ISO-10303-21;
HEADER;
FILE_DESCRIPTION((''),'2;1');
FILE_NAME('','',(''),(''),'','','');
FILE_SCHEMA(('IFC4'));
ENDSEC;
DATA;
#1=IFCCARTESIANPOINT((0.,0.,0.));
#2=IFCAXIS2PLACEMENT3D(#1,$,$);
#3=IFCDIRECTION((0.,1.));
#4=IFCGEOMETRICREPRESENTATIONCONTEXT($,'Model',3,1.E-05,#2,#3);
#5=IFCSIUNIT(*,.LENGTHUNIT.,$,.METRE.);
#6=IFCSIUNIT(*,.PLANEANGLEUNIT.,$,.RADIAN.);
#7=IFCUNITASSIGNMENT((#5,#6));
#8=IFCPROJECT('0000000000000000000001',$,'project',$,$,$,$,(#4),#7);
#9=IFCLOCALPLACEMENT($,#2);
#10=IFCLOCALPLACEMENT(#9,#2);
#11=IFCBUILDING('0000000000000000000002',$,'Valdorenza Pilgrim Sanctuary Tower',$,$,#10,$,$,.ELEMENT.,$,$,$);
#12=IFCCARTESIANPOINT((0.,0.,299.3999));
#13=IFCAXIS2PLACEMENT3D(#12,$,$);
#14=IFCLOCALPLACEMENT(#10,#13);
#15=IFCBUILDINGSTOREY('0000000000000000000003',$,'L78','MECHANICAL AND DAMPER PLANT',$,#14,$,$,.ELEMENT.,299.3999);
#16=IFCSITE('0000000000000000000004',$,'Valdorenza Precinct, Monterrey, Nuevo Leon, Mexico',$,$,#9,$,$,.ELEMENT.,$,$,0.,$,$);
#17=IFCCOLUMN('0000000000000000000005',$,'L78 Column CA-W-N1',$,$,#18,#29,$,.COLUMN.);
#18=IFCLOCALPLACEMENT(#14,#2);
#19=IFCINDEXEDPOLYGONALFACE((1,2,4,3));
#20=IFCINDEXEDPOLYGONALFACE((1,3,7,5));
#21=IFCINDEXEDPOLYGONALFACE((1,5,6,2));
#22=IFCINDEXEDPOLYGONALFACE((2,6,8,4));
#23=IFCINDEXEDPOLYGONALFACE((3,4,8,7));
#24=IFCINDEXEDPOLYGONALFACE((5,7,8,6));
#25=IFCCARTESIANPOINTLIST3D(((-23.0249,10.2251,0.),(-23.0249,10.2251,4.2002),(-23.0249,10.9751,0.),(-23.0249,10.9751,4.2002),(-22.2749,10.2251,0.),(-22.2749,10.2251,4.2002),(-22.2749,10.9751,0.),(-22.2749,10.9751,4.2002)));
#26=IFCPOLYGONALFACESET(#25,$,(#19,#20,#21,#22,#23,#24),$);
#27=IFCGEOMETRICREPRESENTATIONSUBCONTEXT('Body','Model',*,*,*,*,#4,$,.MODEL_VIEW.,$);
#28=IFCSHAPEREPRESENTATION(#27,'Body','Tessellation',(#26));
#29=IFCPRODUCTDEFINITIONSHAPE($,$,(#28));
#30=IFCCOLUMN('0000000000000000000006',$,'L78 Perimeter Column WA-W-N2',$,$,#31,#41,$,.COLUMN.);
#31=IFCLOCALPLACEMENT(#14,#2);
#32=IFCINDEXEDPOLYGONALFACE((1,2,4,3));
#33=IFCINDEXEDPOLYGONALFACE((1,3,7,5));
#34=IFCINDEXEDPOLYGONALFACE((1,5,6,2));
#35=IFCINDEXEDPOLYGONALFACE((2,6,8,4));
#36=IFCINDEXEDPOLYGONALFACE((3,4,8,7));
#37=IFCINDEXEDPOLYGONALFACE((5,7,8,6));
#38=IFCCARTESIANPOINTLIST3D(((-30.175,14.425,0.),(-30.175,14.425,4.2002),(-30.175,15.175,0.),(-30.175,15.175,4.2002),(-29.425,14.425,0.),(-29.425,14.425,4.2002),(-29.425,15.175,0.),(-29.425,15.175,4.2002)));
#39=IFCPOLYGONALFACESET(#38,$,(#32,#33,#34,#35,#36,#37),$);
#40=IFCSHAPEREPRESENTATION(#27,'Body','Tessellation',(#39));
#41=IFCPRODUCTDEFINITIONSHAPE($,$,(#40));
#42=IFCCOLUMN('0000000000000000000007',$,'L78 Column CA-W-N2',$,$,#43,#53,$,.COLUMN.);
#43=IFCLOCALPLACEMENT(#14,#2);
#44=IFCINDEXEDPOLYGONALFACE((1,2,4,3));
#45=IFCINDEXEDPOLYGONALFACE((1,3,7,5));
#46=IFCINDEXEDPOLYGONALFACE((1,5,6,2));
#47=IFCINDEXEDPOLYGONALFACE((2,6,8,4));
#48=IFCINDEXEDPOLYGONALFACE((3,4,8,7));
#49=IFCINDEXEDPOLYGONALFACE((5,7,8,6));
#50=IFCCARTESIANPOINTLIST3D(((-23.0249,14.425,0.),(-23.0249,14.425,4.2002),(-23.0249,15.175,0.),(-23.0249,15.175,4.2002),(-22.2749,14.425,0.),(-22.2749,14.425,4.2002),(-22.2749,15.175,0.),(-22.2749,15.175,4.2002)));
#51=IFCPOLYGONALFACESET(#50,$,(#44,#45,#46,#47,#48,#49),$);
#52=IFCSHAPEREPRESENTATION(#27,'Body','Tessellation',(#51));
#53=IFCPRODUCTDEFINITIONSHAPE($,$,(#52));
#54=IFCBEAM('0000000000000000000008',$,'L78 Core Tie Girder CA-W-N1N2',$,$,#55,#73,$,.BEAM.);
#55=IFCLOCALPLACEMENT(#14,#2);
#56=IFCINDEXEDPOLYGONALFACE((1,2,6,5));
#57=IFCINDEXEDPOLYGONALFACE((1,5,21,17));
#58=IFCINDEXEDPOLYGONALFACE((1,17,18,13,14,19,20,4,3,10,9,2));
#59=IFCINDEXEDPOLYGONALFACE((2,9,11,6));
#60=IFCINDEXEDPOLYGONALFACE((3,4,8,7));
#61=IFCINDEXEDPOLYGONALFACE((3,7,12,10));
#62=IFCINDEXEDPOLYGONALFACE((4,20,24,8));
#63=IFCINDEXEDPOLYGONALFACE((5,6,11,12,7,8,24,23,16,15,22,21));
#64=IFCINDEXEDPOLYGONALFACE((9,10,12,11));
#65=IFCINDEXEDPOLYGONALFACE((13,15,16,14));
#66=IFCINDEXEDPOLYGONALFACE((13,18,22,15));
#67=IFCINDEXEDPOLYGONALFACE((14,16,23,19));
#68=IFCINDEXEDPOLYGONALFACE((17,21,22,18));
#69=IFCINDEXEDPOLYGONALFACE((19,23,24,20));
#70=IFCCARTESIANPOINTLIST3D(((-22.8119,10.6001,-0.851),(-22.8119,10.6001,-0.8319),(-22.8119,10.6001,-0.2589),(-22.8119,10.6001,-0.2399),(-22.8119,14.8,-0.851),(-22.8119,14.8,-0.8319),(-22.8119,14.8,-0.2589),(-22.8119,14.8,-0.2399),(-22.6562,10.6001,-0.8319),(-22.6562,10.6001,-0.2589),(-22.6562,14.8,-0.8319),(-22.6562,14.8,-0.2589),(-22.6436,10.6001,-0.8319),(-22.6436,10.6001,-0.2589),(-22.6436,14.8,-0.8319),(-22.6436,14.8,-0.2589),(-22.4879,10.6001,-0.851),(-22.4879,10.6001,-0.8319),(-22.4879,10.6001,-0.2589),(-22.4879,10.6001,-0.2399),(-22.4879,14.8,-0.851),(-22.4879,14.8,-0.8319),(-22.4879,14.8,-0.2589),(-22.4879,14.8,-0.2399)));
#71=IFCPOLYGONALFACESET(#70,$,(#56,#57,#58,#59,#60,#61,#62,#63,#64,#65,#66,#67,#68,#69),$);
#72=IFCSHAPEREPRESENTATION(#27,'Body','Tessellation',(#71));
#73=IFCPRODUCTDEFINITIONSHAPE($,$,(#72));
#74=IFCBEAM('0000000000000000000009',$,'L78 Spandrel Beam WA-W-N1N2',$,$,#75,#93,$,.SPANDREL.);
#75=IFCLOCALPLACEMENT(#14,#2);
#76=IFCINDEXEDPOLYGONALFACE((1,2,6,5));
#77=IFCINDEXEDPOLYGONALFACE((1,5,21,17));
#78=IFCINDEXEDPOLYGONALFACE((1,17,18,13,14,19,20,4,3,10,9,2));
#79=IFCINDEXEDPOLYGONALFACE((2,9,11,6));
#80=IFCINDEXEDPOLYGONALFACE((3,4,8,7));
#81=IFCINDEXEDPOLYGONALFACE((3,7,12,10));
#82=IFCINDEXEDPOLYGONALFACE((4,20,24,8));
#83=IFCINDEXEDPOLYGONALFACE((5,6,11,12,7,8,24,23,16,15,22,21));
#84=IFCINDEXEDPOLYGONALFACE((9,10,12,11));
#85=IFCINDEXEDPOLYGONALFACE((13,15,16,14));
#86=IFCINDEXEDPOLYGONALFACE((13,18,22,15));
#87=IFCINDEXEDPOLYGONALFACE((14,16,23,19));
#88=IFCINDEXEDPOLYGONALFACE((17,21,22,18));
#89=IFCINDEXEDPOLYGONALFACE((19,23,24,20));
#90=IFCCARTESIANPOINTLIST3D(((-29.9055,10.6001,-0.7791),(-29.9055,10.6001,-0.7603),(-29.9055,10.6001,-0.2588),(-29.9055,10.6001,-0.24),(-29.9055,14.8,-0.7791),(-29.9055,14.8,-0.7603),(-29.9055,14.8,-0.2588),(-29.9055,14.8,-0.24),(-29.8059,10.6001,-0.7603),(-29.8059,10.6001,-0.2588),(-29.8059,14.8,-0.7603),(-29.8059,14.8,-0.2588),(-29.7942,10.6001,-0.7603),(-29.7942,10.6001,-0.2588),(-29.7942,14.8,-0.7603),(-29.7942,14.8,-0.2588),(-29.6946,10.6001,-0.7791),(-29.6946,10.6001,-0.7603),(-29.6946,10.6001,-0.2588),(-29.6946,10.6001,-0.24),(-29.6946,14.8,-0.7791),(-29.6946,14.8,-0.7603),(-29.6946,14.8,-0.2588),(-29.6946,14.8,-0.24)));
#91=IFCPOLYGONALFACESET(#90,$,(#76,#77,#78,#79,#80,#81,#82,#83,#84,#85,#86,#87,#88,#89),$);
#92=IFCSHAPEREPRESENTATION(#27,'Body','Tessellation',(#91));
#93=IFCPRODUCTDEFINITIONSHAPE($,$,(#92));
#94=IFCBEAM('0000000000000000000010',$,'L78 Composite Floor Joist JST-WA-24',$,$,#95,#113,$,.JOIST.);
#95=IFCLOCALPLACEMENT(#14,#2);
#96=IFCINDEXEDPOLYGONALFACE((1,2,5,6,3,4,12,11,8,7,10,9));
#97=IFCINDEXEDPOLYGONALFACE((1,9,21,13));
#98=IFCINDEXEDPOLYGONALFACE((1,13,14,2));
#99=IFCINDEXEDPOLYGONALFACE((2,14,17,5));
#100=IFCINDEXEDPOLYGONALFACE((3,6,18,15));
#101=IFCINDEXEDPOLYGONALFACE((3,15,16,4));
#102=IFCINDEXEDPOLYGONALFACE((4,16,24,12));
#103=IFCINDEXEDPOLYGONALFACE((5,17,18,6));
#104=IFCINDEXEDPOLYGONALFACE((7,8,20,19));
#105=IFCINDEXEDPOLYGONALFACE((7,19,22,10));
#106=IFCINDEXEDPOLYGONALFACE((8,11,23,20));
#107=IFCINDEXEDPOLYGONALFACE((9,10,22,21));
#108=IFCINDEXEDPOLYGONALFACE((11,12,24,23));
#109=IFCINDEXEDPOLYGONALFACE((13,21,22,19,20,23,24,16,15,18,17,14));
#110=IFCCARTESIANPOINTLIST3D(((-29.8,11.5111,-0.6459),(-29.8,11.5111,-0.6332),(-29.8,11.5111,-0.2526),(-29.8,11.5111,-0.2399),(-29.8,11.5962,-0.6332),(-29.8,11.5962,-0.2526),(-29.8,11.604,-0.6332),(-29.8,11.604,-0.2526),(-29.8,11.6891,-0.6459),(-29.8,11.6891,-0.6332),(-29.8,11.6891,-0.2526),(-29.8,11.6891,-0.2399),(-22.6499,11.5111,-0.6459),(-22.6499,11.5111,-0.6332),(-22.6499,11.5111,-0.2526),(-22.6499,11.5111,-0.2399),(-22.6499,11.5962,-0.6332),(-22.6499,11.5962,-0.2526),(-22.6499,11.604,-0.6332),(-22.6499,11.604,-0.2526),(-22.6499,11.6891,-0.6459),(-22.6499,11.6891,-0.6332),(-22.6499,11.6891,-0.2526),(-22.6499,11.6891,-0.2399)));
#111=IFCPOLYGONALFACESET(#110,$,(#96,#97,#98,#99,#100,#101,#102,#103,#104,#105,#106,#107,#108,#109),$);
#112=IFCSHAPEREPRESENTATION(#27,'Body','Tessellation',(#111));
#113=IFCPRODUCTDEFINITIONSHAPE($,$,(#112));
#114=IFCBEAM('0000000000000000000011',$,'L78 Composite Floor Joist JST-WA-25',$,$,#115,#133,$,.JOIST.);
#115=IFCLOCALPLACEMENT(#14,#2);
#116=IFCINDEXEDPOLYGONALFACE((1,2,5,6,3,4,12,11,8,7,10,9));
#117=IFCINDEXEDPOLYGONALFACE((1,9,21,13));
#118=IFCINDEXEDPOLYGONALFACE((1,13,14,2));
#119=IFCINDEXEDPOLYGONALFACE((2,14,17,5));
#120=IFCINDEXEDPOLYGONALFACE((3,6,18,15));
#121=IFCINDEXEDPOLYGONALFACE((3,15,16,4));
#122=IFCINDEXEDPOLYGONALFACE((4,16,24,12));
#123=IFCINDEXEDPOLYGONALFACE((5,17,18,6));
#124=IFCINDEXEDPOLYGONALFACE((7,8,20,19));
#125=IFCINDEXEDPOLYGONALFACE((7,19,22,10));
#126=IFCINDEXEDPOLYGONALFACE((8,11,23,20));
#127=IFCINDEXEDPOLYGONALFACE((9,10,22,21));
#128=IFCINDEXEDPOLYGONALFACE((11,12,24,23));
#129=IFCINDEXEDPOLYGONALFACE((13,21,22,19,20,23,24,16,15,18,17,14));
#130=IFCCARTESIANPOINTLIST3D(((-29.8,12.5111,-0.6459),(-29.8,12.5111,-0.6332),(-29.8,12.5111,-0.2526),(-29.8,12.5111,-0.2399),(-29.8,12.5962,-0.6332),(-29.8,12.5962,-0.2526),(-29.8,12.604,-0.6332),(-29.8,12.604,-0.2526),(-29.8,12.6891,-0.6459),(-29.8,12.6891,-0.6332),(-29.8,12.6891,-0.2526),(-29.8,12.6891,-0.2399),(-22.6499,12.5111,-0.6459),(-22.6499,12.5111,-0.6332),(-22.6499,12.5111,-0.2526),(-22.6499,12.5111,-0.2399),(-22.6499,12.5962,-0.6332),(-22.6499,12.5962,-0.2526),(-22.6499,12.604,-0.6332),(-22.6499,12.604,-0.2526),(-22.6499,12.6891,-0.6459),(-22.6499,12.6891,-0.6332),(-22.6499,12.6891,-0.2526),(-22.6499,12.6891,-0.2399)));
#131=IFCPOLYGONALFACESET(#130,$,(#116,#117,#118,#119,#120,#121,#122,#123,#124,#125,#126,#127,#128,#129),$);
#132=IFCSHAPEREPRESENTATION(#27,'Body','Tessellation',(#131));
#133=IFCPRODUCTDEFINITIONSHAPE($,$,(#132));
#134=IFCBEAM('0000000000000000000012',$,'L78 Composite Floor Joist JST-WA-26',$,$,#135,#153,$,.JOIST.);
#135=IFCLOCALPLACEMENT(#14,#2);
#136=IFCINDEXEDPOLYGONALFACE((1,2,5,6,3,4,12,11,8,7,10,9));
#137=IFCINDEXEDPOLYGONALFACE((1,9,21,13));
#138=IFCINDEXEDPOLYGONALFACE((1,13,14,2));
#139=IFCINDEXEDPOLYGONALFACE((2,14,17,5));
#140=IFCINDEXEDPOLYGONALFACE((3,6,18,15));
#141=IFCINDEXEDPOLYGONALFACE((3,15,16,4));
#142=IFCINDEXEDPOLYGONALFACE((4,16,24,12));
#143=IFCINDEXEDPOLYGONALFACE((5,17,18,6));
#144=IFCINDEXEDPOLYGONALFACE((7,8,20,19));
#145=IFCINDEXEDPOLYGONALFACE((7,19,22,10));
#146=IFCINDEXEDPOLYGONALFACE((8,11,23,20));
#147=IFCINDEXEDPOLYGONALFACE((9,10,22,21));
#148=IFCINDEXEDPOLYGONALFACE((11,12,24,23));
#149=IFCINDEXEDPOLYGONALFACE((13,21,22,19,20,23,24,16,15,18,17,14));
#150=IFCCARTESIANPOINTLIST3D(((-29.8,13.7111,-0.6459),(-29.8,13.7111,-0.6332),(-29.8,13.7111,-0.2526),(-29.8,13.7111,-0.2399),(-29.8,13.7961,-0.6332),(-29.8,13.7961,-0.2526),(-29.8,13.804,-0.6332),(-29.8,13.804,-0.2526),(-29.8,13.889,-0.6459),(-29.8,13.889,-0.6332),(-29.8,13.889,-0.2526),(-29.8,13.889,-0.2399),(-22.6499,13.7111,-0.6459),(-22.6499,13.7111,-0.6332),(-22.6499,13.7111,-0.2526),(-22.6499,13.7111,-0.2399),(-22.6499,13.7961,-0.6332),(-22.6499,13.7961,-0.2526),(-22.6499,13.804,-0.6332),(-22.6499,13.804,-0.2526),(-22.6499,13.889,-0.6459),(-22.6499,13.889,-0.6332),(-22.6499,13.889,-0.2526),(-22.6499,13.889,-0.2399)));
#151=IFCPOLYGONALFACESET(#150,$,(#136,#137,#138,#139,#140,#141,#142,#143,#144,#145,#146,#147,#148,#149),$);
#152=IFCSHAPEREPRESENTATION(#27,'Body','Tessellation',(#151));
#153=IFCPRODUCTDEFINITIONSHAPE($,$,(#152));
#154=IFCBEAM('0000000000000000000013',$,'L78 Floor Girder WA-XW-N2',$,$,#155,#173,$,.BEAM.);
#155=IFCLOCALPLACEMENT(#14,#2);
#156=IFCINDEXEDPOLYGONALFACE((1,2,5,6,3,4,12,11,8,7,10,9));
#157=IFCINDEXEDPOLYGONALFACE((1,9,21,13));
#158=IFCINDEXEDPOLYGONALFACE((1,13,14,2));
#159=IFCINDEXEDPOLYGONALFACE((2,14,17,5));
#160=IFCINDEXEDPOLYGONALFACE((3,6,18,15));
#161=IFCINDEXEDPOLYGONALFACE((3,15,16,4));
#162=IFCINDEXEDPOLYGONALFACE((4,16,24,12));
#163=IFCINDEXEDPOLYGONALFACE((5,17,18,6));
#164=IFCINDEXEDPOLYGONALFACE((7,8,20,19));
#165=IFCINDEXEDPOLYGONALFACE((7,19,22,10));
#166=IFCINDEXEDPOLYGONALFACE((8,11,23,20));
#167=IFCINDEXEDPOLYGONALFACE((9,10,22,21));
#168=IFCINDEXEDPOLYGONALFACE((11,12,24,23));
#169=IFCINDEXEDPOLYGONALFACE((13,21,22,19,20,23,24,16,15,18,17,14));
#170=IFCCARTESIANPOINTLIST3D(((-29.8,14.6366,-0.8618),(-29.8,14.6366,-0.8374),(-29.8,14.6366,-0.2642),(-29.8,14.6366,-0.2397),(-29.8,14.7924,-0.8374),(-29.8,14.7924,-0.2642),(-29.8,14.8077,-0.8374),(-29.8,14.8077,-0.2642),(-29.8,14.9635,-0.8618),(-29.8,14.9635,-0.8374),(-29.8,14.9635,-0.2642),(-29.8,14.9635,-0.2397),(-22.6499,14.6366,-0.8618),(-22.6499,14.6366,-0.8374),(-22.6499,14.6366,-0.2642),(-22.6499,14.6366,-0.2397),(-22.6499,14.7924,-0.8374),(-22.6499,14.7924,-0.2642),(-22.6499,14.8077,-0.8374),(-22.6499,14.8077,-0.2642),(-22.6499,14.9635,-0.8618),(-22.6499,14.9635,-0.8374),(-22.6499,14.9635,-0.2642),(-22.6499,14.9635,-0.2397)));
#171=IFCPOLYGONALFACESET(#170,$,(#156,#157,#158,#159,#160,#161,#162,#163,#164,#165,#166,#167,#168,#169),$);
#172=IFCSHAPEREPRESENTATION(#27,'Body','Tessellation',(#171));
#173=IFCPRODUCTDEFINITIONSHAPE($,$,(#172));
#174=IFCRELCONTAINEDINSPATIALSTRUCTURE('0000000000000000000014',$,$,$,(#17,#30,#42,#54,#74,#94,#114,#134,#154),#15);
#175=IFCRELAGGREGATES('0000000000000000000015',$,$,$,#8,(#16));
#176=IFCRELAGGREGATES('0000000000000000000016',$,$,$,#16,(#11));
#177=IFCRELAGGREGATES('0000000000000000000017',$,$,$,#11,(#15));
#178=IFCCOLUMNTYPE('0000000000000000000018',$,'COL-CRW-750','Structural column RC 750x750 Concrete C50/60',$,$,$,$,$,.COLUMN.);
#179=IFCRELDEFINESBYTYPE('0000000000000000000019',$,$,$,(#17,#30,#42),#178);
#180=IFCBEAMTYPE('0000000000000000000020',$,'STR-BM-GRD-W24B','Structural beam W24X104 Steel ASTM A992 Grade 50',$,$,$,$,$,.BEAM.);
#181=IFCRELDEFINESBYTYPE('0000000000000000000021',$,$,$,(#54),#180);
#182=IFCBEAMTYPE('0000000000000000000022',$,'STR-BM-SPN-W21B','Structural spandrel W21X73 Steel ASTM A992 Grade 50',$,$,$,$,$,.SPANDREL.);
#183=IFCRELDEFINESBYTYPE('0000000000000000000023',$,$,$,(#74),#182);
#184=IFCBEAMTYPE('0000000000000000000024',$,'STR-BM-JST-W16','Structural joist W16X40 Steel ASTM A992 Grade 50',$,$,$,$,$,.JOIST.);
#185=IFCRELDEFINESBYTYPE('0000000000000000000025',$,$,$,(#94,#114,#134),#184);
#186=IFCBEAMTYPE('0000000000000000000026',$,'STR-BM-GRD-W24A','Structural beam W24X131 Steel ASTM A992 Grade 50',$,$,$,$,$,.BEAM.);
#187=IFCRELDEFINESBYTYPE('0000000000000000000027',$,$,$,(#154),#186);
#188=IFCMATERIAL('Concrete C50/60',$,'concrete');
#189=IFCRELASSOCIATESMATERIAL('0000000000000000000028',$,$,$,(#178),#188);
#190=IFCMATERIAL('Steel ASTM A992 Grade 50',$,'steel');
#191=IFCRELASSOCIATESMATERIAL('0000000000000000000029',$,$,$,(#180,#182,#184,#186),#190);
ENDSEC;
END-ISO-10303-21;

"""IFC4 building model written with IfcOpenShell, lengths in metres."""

from ifc_helpers import new_model, si_unit, direction, frame, origin, origin_2d, place, context, subcontext, project, spatial, rectangle, i_section, extrude, source, transform, mapped, material, material_profile, profile_set, type_object, element, save


model = new_model("IFC4")

# Units and contexts
model_context = context("Model", 3, precision=1e-05, world=origin(), true_north=direction((0.0, 1.0)))
body_context = subcontext(model_context, "Body", "Model", "MODEL_VIEW")
ifc_project = project(units=[si_unit("LENGTHUNIT", "METRE"), si_unit("PLANEANGLEUNIT", "RADIAN")], contexts=[model_context])

# Site, building, storey
site_placement = place(None, origin())
site = spatial("IfcSite", under=ifc_project, at=site_placement, Name="Valdorenza Precinct, Monterrey, Nuevo Leon, Mexico", CompositionType="ELEMENT", RefElevation=0.0)
building_placement = place(site_placement, origin())
building = spatial("IfcBuilding", under=site, at=building_placement, Name="Valdorenza Pilgrim Sanctuary Tower", CompositionType="ELEMENT")
storey_placement = place(building_placement, frame((0.0, 0.0, 299.3999)))
storey = spatial("IfcBuildingStorey", under=building, at=storey_placement, Name="L78", Description="MECHANICAL AND DAMPER PLANT", CompositionType="ELEMENT", Elevation=299.3999)

# Columns
ifc_material_1 = material(Name="Concrete C50/60", Category="concrete")
ifc_material_profile_1 = material_profile(ifc_material_1, rectangle(XDim=0.75, YDim=0.75, at=origin_2d()), Name="RC 750x750")
ifc_profile_set_1 = profile_set([ifc_material_profile_1], Name="Concrete C50/60")
column_type = type_object("IfcColumnType", Name="COL-CRW-750", Description="Structural column RC 750x750 Concrete C50/60", PredefinedType="COLUMN", material=ifc_profile_set_1)
shared_shape_1 = source(origin(), body_context, "Body", "SweptSolid", [
    extrude(rectangle(XDim=0.75, YDim=0.75, at=origin_2d()), origin(), (0.0, 0.0, 1.0), 4.2002),
])
for number, where, z_axis, x_axis, name in (
    (1, (-22.6499, 10.6001, 0.0), (0.0, 0.0, 1.0), (1.0, 0.0, 0.0), "L78 Column CA-W-N1"),
    (2, (-29.8, 14.8, 0.0), (0.0, 0.0, 1.0), (1.0, 0.0, 0.0), "L78 Perimeter Column WA-W-N2"),
    (3, (-22.6499, 14.8, 0.0), (0.0, 0.0, 1.0), (1.0, 0.0, 0.0), "L78 Column CA-W-N2"),
):
    element("IfcColumn", number, at=place(storey_placement, frame(where, z_axis=z_axis, x_axis=x_axis)), inside=storey, type_object=column_type, Name=name, PredefinedType="COLUMN", context=body_context, shape_type="MappedRepresentation", body=[
        mapped(shared_shape_1, transform((0.0, 0.0, 0.0), x_axis=(1.0, 0.0, 0.0), y_axis=(0.0, 1.0, 0.0), z_axis=(0.0, 0.0, 1.0), scale=1.0)),
    ])

# Beams
ifc_material_2 = material(Name="Steel ASTM A992 Grade 50", Category="steel")
ifc_material_profile_2 = material_profile(ifc_material_2, i_section(OverallWidth=0.324, OverallDepth=0.6111, WebThickness=0.0127, FlangeThickness=0.019, at=origin_2d()), Name="W24X104")
ifc_profile_set_2 = profile_set([ifc_material_profile_2], Name="Steel ASTM A992 Grade 50")
beam_type_1 = type_object("IfcBeamType", Name="STR-BM-GRD-W24B", Description="Structural beam W24X104 Steel ASTM A992 Grade 50", PredefinedType="BEAM", material=ifc_profile_set_2)
shared_shape_2 = source(origin(), body_context, "Body", "SweptSolid", [
    extrude(i_section(OverallWidth=0.324, OverallDepth=0.6111, WebThickness=0.0127, FlangeThickness=0.019, at=origin_2d()), origin(), (0.0, 0.0, 1.0), 4.2),
])
beam_1_placement = place(storey_placement, frame((-22.6499, 10.6001, -0.5454), z_axis=(0.0, 1.0, 0.0), x_axis=(-1.0, 0.0, 0.0)))
element("IfcBeam", 4, at=beam_1_placement, inside=storey, type_object=beam_type_1, Name="L78 Core Tie Girder CA-W-N1N2", PredefinedType="BEAM", context=body_context, shape_type="MappedRepresentation", body=[
    mapped(shared_shape_2, transform((0.0, 0.0, 0.0), x_axis=(1.0, 0.0, 0.0), y_axis=(0.0, 1.0, 0.0), z_axis=(0.0, 0.0, 1.0), scale=1.0)),
])
ifc_material_profile_3 = material_profile(ifc_material_2, i_section(OverallWidth=0.2109, OverallDepth=0.5391, WebThickness=0.0117, FlangeThickness=0.0188, at=origin_2d()), Name="W21X73")
ifc_profile_set_3 = profile_set([ifc_material_profile_3], Name="Steel ASTM A992 Grade 50")
beam_type_2 = type_object("IfcBeamType", Name="STR-BM-SPN-W21B", Description="Structural spandrel W21X73 Steel ASTM A992 Grade 50", PredefinedType="SPANDREL", material=ifc_profile_set_3)
shared_shape_3 = source(origin(), body_context, "Body", "SweptSolid", [
    extrude(i_section(OverallWidth=0.2109, OverallDepth=0.5391, WebThickness=0.0117, FlangeThickness=0.0188, at=origin_2d()), origin(), (0.0, 0.0, 1.0), 4.2),
])
beam_2_placement = place(storey_placement, frame((-29.8, 10.6001, -0.5095), z_axis=(0.0, 1.0, 0.0), x_axis=(-1.0, 0.0, 0.0)))
element("IfcBeam", 5, at=beam_2_placement, inside=storey, type_object=beam_type_2, Name="L78 Spandrel Beam WA-W-N1N2", PredefinedType="SPANDREL", context=body_context, shape_type="MappedRepresentation", body=[
    mapped(shared_shape_3, transform((0.0, 0.0, 0.0), x_axis=(1.0, 0.0, 0.0), y_axis=(0.0, 1.0, 0.0), z_axis=(0.0, 0.0, 1.0), scale=1.0)),
])
ifc_material_profile_4 = material_profile(ifc_material_2, i_section(OverallWidth=0.178, OverallDepth=0.406, WebThickness=0.0078, FlangeThickness=0.0127, at=origin_2d()), Name="W16X40")
ifc_profile_set_4 = profile_set([ifc_material_profile_4], Name="Steel ASTM A992 Grade 50")
beam_type_3 = type_object("IfcBeamType", Name="STR-BM-JST-W16", Description="Structural joist W16X40 Steel ASTM A992 Grade 50", PredefinedType="JOIST", material=ifc_profile_set_4)
shared_shape_4 = source(origin(), body_context, "Body", "SweptSolid", [
    extrude(i_section(OverallWidth=0.178, OverallDepth=0.406, WebThickness=0.0078, FlangeThickness=0.0127, at=origin_2d()), origin(), (0.0, 0.0, 1.0), 7.1501),
])
for number, where, z_axis, x_axis, name in (
    (6, (-29.8, 11.6001, -0.4429), (1.0, 0.0, 0.0), (0.0, 1.0, 0.0), "L78 Composite Floor Joist JST-WA-24"),
    (7, (-29.8, 12.6001, -0.4429), (1.0, 0.0, 0.0), (0.0, 1.0, 0.0), "L78 Composite Floor Joist JST-WA-25"),
    (8, (-29.8, 13.8, -0.4429), (1.0, 0.0, 0.0), (0.0, 1.0, 0.0), "L78 Composite Floor Joist JST-WA-26"),
):
    element("IfcBeam", number, at=place(storey_placement, frame(where, z_axis=z_axis, x_axis=x_axis)), inside=storey, type_object=beam_type_3, Name=name, PredefinedType="JOIST", context=body_context, shape_type="MappedRepresentation", body=[
        mapped(shared_shape_4, transform((0.0, 0.0, 0.0), x_axis=(1.0, 0.0, 0.0), y_axis=(0.0, 1.0, 0.0), z_axis=(0.0, 0.0, 1.0), scale=1.0)),
    ])
ifc_material_profile_5 = material_profile(ifc_material_2, i_section(OverallWidth=0.3269, OverallDepth=0.6221, WebThickness=0.0154, FlangeThickness=0.0244, at=origin_2d()), Name="W24X131")
ifc_profile_set_5 = profile_set([ifc_material_profile_5], Name="Steel ASTM A992 Grade 50")
beam_type_4 = type_object("IfcBeamType", Name="STR-BM-GRD-W24A", Description="Structural beam W24X131 Steel ASTM A992 Grade 50", PredefinedType="BEAM", material=ifc_profile_set_5)
shared_shape_5 = source(origin(), body_context, "Body", "SweptSolid", [
    extrude(i_section(OverallWidth=0.3269, OverallDepth=0.6221, WebThickness=0.0154, FlangeThickness=0.0244, at=origin_2d()), origin(), (0.0, 0.0, 1.0), 7.1501),
])
beam_3_placement = place(storey_placement, frame((-29.8, 14.8, -0.5508), z_axis=(1.0, 0.0, 0.0), x_axis=(0.0, 1.0, 0.0)))
element("IfcBeam", 9, at=beam_3_placement, inside=storey, type_object=beam_type_4, Name="L78 Floor Girder WA-XW-N2", PredefinedType="BEAM", context=body_context, shape_type="MappedRepresentation", body=[
    mapped(shared_shape_5, transform((0.0, 0.0, 0.0), x_axis=(1.0, 0.0, 0.0), y_axis=(0.0, 1.0, 0.0), z_axis=(0.0, 0.0, 1.0), scale=1.0)),
])

save(model, "model.ifc")
